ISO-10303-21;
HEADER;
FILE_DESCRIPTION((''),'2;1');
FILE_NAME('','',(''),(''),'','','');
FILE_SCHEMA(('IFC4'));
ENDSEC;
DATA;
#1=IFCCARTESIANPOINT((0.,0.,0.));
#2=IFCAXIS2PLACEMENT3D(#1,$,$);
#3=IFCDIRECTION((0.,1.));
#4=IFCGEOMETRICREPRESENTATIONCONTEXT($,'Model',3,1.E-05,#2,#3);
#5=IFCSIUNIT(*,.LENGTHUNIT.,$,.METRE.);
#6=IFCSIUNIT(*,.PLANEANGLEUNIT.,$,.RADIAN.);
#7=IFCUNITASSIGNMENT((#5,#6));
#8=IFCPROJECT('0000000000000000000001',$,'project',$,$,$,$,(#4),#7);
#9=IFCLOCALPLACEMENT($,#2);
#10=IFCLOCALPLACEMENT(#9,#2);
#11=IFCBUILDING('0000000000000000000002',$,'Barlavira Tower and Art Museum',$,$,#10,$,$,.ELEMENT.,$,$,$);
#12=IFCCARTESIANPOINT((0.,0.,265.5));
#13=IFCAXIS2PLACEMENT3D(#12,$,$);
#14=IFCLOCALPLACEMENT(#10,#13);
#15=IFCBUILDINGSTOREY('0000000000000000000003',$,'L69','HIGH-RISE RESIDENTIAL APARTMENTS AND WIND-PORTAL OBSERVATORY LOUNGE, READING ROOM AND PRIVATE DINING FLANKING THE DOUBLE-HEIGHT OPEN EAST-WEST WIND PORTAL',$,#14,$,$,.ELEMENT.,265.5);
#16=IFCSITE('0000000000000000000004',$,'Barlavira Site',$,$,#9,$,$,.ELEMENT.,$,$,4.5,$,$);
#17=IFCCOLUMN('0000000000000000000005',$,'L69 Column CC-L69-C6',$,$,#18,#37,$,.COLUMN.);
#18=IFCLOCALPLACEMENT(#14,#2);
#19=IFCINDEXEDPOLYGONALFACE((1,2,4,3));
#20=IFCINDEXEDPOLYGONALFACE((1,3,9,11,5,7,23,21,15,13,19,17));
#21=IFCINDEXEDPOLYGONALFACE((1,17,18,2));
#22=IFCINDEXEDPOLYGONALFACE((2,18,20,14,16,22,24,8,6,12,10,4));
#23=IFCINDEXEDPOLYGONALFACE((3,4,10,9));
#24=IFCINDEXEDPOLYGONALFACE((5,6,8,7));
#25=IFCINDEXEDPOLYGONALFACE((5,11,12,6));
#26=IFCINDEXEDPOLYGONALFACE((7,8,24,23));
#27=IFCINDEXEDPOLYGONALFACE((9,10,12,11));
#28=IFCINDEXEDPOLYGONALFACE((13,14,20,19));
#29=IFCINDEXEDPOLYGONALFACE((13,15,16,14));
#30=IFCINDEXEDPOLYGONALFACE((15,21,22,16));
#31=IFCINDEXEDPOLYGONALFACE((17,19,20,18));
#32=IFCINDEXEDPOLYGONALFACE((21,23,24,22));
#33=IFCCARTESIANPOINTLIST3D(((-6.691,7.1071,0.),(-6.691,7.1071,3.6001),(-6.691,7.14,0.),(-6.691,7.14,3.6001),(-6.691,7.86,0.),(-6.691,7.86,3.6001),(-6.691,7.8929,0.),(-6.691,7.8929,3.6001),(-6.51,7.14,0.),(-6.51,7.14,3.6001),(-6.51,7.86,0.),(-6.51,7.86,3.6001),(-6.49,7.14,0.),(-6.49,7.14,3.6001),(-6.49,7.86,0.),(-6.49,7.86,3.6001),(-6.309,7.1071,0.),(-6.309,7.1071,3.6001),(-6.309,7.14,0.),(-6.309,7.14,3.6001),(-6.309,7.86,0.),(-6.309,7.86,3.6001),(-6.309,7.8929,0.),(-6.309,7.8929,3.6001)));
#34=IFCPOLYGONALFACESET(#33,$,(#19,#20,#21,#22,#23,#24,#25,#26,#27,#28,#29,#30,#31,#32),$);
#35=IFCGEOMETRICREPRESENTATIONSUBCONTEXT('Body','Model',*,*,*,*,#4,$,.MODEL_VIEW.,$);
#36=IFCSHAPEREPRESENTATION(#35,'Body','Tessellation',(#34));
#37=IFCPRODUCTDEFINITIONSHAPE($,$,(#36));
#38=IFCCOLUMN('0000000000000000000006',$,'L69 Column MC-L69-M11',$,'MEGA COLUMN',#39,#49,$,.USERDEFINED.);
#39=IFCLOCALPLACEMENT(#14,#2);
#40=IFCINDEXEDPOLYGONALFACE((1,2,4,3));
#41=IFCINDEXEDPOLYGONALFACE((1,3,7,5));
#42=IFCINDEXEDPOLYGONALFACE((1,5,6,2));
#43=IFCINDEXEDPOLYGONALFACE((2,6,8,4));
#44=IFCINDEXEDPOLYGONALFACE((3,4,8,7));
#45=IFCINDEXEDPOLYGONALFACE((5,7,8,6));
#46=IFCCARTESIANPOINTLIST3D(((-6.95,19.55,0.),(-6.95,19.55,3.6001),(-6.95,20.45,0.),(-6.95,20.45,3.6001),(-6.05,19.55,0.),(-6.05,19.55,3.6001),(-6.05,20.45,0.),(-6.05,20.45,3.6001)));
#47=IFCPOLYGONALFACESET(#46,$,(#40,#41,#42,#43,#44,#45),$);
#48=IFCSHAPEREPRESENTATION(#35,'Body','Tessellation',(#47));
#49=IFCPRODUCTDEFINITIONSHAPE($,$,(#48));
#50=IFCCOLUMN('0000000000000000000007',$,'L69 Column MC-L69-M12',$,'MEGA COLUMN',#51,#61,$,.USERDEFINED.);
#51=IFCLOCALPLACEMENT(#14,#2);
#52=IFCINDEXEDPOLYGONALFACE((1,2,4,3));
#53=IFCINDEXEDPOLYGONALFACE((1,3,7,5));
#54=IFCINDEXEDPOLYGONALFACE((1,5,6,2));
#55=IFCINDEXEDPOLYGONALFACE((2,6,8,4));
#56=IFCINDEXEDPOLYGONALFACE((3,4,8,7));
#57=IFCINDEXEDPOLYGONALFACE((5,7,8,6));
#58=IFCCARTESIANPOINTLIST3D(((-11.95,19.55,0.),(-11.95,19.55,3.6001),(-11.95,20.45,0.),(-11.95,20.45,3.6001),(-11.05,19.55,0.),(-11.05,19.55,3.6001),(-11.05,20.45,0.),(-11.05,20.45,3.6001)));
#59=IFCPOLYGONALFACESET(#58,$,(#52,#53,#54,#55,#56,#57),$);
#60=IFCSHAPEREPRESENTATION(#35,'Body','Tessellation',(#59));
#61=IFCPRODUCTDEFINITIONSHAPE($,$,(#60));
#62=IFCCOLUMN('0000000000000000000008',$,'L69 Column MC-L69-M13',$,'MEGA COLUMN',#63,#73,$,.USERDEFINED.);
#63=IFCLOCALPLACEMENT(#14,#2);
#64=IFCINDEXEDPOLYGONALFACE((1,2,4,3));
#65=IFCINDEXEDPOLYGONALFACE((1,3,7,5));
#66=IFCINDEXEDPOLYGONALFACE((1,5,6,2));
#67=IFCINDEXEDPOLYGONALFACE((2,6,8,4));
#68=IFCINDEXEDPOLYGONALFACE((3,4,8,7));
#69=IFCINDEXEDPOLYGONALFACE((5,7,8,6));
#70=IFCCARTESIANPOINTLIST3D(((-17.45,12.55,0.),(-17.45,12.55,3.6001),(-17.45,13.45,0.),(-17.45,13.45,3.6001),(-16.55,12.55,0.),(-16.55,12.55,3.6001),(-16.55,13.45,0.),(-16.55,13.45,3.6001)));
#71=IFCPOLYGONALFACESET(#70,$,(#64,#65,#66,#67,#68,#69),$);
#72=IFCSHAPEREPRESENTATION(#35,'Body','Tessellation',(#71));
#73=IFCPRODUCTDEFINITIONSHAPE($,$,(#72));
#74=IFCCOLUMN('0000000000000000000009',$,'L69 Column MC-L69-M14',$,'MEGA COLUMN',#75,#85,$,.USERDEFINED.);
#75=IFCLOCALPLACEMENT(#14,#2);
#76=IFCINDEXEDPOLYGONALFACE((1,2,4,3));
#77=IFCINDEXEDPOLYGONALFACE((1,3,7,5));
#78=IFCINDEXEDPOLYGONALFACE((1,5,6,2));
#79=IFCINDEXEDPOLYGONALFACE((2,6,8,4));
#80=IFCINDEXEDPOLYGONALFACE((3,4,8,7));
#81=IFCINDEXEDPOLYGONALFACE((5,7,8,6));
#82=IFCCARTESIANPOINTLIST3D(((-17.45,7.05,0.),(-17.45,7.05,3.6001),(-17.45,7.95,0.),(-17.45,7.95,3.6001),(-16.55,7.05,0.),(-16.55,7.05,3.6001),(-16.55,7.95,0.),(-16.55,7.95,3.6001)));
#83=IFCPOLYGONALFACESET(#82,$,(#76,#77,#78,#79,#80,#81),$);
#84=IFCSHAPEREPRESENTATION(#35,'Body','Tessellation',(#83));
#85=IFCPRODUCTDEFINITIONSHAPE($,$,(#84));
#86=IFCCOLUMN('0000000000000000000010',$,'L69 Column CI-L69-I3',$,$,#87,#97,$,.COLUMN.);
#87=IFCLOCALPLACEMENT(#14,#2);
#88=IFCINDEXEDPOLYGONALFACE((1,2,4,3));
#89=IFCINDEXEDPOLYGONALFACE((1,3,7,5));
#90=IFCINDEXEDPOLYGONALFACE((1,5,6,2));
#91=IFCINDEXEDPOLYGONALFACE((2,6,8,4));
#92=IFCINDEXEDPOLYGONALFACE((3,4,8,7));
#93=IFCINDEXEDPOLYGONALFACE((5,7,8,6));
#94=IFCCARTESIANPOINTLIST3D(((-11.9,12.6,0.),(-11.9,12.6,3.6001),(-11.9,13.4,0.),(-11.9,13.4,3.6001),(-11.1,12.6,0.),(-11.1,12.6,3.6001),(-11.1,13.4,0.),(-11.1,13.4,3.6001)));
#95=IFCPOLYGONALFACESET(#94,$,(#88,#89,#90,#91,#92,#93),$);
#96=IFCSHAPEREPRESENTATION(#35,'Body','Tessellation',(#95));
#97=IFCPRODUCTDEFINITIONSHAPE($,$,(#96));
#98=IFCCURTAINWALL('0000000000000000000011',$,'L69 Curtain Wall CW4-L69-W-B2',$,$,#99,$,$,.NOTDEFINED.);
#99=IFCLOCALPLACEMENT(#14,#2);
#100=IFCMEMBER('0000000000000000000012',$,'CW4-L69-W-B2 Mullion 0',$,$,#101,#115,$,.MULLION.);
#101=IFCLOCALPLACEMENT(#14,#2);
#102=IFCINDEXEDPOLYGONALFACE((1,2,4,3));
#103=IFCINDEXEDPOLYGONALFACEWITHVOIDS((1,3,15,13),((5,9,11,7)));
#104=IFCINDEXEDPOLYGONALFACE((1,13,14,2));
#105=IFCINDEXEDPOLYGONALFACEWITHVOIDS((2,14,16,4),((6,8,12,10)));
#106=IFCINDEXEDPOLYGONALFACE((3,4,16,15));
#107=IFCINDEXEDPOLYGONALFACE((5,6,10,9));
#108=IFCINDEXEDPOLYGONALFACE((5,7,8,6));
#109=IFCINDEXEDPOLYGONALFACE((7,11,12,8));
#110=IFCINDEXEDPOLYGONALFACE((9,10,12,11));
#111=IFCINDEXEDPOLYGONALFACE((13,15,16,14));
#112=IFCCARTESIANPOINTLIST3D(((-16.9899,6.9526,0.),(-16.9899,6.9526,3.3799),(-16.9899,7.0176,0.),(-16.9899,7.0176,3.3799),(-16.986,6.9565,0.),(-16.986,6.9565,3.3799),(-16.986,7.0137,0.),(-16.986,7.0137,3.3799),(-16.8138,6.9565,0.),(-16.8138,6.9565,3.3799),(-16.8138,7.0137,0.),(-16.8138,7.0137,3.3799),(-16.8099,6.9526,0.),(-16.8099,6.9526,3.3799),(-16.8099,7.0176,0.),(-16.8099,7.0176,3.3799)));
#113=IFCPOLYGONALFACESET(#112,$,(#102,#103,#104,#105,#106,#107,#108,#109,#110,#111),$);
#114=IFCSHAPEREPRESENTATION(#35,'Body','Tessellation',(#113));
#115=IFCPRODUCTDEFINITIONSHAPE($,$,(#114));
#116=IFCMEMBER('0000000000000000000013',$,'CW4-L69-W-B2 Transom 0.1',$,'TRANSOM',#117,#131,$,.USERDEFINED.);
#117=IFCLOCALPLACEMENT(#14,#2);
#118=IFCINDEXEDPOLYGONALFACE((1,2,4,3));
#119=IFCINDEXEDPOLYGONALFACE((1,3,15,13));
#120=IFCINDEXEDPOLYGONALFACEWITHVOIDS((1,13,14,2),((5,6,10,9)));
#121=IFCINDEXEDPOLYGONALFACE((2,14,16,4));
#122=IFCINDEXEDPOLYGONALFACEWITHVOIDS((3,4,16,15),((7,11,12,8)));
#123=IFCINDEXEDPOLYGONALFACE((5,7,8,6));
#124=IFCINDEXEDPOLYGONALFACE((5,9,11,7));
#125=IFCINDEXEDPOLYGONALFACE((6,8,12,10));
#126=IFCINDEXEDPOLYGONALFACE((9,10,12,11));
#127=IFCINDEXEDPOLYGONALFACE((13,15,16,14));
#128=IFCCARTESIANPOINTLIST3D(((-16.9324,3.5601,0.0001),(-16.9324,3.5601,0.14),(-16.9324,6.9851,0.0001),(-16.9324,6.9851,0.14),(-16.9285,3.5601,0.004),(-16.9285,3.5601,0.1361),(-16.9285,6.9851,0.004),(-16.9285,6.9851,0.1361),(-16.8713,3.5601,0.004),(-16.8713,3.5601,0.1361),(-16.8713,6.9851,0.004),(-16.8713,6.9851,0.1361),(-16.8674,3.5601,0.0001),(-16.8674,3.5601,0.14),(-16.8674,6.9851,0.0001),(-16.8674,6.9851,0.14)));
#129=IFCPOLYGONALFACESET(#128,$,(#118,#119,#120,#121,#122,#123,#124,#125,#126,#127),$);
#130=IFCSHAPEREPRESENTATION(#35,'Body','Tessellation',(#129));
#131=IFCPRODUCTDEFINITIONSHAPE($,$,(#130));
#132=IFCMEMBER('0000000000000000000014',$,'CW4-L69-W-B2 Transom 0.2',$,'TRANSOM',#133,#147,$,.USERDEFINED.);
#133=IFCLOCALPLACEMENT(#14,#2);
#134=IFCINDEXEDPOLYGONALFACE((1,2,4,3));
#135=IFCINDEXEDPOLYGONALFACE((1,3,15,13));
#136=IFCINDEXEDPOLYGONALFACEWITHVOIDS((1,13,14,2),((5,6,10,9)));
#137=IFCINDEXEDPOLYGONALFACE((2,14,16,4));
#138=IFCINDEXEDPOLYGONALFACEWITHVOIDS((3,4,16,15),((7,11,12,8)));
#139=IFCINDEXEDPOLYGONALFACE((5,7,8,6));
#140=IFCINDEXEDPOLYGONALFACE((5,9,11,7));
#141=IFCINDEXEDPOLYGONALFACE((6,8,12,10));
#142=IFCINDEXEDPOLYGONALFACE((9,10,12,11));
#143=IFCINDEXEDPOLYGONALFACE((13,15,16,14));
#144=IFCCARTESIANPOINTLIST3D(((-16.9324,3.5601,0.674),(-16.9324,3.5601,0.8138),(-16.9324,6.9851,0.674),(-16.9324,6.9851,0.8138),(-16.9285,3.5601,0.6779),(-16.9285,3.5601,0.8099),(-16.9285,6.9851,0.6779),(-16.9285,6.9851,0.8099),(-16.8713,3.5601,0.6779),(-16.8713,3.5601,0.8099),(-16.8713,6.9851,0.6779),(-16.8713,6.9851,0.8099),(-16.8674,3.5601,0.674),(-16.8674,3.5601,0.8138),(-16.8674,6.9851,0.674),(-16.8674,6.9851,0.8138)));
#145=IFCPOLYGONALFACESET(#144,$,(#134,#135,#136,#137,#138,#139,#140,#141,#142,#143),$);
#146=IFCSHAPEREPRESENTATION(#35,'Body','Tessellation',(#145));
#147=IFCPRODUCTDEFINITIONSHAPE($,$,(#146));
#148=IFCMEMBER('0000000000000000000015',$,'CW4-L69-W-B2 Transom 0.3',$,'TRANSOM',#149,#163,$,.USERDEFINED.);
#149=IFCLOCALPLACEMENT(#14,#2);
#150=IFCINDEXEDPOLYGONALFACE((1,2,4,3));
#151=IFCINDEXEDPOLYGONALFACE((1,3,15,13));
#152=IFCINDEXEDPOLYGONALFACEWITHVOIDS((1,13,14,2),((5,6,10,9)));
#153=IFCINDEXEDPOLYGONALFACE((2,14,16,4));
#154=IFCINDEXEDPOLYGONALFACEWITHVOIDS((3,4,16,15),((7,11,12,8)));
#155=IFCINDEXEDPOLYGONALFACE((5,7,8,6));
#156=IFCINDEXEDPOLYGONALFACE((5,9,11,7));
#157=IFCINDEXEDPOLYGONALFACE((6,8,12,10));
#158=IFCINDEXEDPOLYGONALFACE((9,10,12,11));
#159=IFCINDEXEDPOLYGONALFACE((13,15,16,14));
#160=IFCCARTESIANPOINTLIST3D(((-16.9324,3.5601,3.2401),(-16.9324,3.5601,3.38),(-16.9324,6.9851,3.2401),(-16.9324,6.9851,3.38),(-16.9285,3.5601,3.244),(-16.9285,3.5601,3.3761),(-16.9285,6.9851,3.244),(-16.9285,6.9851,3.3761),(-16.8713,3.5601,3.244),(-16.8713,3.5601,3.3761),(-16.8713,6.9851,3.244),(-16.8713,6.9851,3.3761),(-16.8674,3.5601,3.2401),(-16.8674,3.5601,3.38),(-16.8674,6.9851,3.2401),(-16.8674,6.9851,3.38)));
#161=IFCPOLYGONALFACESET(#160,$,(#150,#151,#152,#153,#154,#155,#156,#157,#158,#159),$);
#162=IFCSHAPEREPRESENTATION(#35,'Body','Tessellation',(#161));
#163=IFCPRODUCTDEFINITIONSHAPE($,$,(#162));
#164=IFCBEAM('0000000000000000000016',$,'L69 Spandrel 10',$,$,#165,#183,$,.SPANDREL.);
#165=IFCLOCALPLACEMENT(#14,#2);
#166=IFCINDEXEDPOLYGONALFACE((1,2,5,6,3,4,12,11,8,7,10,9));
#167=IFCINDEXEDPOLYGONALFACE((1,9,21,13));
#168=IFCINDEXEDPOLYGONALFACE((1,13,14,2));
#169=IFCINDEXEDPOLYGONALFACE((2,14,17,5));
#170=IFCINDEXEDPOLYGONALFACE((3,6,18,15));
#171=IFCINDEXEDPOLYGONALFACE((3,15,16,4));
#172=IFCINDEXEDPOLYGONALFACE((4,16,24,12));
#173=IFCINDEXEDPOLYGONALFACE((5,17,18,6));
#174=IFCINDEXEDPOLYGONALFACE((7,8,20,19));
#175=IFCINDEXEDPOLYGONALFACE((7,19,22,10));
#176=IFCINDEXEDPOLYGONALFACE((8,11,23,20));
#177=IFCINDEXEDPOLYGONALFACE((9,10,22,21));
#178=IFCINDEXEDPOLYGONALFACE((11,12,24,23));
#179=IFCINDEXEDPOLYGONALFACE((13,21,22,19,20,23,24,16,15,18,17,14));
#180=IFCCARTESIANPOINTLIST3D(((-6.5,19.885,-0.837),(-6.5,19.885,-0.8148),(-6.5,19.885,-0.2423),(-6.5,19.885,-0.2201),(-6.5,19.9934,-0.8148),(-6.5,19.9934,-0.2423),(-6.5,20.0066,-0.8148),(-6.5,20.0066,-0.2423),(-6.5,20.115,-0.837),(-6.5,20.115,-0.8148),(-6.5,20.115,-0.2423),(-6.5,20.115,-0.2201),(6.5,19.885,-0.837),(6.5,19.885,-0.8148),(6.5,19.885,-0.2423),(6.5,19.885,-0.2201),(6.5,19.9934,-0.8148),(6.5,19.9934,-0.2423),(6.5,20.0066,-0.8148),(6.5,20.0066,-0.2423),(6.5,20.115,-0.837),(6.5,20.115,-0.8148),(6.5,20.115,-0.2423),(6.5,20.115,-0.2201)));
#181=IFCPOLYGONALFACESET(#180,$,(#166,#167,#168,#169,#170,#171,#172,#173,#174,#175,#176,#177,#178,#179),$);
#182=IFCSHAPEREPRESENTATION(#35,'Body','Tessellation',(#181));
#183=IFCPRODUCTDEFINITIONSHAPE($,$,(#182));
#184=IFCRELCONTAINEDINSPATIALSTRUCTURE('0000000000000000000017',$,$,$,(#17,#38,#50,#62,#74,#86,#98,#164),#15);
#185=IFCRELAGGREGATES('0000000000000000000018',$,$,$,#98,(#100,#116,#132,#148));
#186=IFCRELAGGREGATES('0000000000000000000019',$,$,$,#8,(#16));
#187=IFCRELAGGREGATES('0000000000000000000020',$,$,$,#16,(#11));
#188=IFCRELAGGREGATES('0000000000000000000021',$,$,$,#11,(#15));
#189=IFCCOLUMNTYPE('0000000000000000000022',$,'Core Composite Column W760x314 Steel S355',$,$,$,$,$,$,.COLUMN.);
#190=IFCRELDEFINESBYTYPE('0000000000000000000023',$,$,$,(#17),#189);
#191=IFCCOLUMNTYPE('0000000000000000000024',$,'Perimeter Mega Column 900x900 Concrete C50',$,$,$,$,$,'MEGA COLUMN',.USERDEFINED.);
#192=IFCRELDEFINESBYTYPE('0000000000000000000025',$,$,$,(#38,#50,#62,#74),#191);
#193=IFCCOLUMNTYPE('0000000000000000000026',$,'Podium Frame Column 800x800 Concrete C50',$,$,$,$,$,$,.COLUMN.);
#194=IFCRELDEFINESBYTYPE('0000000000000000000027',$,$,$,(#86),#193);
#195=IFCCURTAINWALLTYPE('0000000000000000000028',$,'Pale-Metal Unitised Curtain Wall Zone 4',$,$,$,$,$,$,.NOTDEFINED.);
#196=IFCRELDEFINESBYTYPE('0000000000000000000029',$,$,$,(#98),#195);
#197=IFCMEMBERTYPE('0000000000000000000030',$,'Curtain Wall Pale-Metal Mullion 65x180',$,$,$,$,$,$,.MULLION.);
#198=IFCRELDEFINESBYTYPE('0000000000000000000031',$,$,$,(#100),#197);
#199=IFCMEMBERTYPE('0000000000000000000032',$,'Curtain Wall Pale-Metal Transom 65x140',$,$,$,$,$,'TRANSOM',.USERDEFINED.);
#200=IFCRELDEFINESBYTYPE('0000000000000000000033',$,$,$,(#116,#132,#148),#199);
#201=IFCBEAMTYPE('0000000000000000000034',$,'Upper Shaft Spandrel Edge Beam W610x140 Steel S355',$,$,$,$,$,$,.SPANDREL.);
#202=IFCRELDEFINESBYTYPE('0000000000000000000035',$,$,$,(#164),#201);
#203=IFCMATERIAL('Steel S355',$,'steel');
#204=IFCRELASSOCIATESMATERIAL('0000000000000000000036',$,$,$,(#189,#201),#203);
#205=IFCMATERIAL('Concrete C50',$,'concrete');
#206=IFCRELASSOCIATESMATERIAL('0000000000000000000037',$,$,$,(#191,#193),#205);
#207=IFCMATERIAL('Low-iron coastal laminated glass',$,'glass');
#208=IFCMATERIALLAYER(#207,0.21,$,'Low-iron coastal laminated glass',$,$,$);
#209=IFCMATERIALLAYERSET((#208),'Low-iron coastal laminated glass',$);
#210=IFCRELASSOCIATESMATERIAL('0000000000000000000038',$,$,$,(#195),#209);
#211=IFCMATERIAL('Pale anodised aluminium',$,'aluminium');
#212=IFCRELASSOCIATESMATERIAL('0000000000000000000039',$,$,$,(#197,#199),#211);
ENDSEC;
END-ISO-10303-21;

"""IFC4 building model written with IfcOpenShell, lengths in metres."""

from ifc_helpers import new_model, si_unit, direction, frame, origin, origin_2d, place, context, subcontext, project, spatial, rectangle, hollow_rectangle, i_section, extrude, material, layer, layer_set, material_profile, profile_set, type_object, element, aggregate, save


model = new_model("IFC4")

# Units and contexts
model_context = context("Model", 3, precision=1e-05, world=origin(), true_north=direction((0.0, 1.0)))
body_context = subcontext(model_context, "Body", "Model", "MODEL_VIEW")
ifc_project = project(units=[si_unit("LENGTHUNIT", "METRE"), si_unit("PLANEANGLEUNIT", "RADIAN")], contexts=[model_context])

# Site, building, storey
site_placement = place(None, origin())
site = spatial("IfcSite", under=ifc_project, at=site_placement, Name="Barlavira Site", CompositionType="ELEMENT", RefElevation=4.5)
building_placement = place(site_placement, origin())
building = spatial("IfcBuilding", under=site, at=building_placement, Name="Barlavira Tower and Art Museum", CompositionType="ELEMENT")
storey_placement = place(building_placement, frame((0.0, 0.0, 265.5)))
storey = spatial("IfcBuildingStorey", under=building, at=storey_placement, Name="L69", Description="HIGH-RISE RESIDENTIAL APARTMENTS AND WIND-PORTAL OBSERVATORY LOUNGE, READING ROOM AND PRIVATE DINING FLANKING THE DOUBLE-HEIGHT OPEN EAST-WEST WIND PORTAL", CompositionType="ELEMENT", Elevation=265.5)

# Columns
ifc_material_1 = material(Name="Steel S355", Category="steel")
ifc_material_profile_1 = material_profile(ifc_material_1, i_section(OverallWidth=0.3821, OverallDepth=0.7859, WebThickness=0.02, FlangeThickness=0.033, at=origin_2d()), Name="W760x314.0")
ifc_profile_set_1 = profile_set([ifc_material_profile_1], Name="Steel S355")
column_type_1 = type_object("IfcColumnType", Name="Core Composite Column W760x314 Steel S355", PredefinedType="COLUMN", material=ifc_profile_set_1)
column_1_placement = place(storey_placement, frame((-6.5, 7.5, 0.0), z_axis=(0.0, 0.0, 1.0), x_axis=(1.0, 0.0, 0.0)))
element("IfcColumn", 1, at=column_1_placement, inside=storey, type_object=column_type_1, Name="L69 Column CC-L69-C6", PredefinedType="COLUMN", context=body_context, shape_type="SweptSolid", body=[
    extrude(i_section(OverallWidth=0.3821, OverallDepth=0.7859, WebThickness=0.02, FlangeThickness=0.033, at=origin_2d()), origin(), (0.0, 0.0, 1.0), 3.6001),
])
ifc_material_2 = material(Name="Concrete C50", Category="concrete")
ifc_material_profile_2 = material_profile(ifc_material_2, rectangle(XDim=0.8999, YDim=0.8999, at=origin_2d()), Name="RC-COL 900x900")
ifc_profile_set_2 = profile_set([ifc_material_profile_2], Name="Concrete C50")
column_type_2 = type_object("IfcColumnType", Name="Perimeter Mega Column 900x900 Concrete C50", ElementType="MEGA COLUMN", PredefinedType="USERDEFINED", material=ifc_profile_set_2)
for number, where, z_axis, x_axis, name in (
    (2, (-6.5, 20.0, 0.0), (0.0, 0.0, 1.0), (1.0, 0.0, 0.0), "L69 Column MC-L69-M11"),
    (3, (-11.5, 20.0, 0.0), (0.0, 0.0, 1.0), (1.0, 0.0, 0.0), "L69 Column MC-L69-M12"),
    (4, (-17.0, 13.0, 0.0), (0.0, 0.0, 1.0), (1.0, 0.0, 0.0), "L69 Column MC-L69-M13"),
    (5, (-17.0, 7.5, 0.0), (0.0, 0.0, 1.0), (1.0, 0.0, 0.0), "L69 Column MC-L69-M14"),
):
    element("IfcColumn", number, at=place(storey_placement, frame(where, z_axis=z_axis, x_axis=x_axis)), inside=storey, type_object=column_type_2, Name=name, ObjectType="MEGA COLUMN", PredefinedType="USERDEFINED", context=body_context, shape_type="SweptSolid", body=[
        extrude(rectangle(XDim=0.8999, YDim=0.8999, at=origin_2d()), origin(), (0.0, 0.0, 1.0), 3.6001),
    ])
ifc_material_profile_3 = material_profile(ifc_material_2, rectangle(XDim=0.8, YDim=0.8, at=origin_2d()), Name="RC-COL 800x800")
ifc_profile_set_3 = profile_set([ifc_material_profile_3], Name="Concrete C50")
column_type_3 = type_object("IfcColumnType", Name="Podium Frame Column 800x800 Concrete C50", PredefinedType="COLUMN", material=ifc_profile_set_3)
column_2_placement = place(storey_placement, frame((-11.5, 13.0, 0.0), z_axis=(0.0, 0.0, 1.0), x_axis=(1.0, 0.0, 0.0)))
element("IfcColumn", 6, at=column_2_placement, inside=storey, type_object=column_type_3, Name="L69 Column CI-L69-I3", PredefinedType="COLUMN", context=body_context, shape_type="SweptSolid", body=[
    extrude(rectangle(XDim=0.8, YDim=0.8, at=origin_2d()), origin(), (0.0, 0.0, 1.0), 3.6001),
])

# Curtain wall, members
ifc_material_3 = material(Name="Low-iron coastal laminated glass", Category="glass")
ifc_layer_1 = layer(ifc_material_3, 0.21, Name="Low-iron coastal laminated glass")
ifc_layer_set_1 = layer_set([ifc_layer_1], Name="Low-iron coastal laminated glass")
curtain_wall_type = type_object("IfcCurtainWallType", Name="Pale-Metal Unitised Curtain Wall Zone 4", PredefinedType="NOTDEFINED", material=ifc_layer_set_1)
curtain_wall_placement = place(storey_placement, origin())
curtain_wall = element("IfcCurtainWall", 7, at=curtain_wall_placement, inside=storey, type_object=curtain_wall_type, Name="L69 Curtain Wall CW4-L69-W-B2", PredefinedType="NOTDEFINED")
ifc_material_4 = material(Name="Pale anodised aluminium", Category="aluminium")
ifc_material_profile_4 = material_profile(ifc_material_4, hollow_rectangle(XDim=0.0649, YDim=0.1799, WallThickness=0.0039, at=origin_2d()), Name="ALU-MULL 65x180x4")
ifc_profile_set_4 = profile_set([ifc_material_profile_4], Name="Pale anodised aluminium")
member_type_1 = type_object("IfcMemberType", Name="Curtain Wall Pale-Metal Mullion 65x180", PredefinedType="MULLION", material=ifc_profile_set_4)
member_1_placement = place(storey_placement, frame((-16.8999, 6.9851, 0.0), z_axis=(0.0, 0.0, 1.0), x_axis=(0.0, -1.0, 0.0)))
member_1 = element("IfcMember", 8, at=member_1_placement, type_object=member_type_1, Name="CW4-L69-W-B2 Mullion 0", PredefinedType="MULLION", context=body_context, shape_type="SweptSolid", body=[
    extrude(hollow_rectangle(XDim=0.0649, YDim=0.1799, WallThickness=0.0039, at=origin_2d()), origin(), (0.0, 0.0, 1.0), 3.3799),
])
ifc_material_profile_5 = material_profile(ifc_material_4, hollow_rectangle(XDim=0.0649, YDim=0.1399, WallThickness=0.0039, at=origin_2d()), Name="ALU-TRAN 65x140x4")
ifc_profile_set_5 = profile_set([ifc_material_profile_5], Name="Pale anodised aluminium")
member_type_2 = type_object("IfcMemberType", Name="Curtain Wall Pale-Metal Transom 65x140", ElementType="TRANSOM", PredefinedType="USERDEFINED", material=ifc_profile_set_5)
member_2_placement = place(storey_placement, frame((-16.8999, 6.9851, 0.0701), z_axis=(0.0, -1.0, 0.0), x_axis=(1.0, 0.0, 0.0)))
member_2 = element("IfcMember", 9, at=member_2_placement, type_object=member_type_2, Name="CW4-L69-W-B2 Transom 0.1", ObjectType="TRANSOM", PredefinedType="USERDEFINED", context=body_context, shape_type="SweptSolid", body=[
    extrude(hollow_rectangle(XDim=0.0649, YDim=0.1399, WallThickness=0.0039, at=origin_2d()), origin(), (0.0, 0.0, 1.0), 3.425),
])
member_3_placement = place(storey_placement, frame((-16.8999, 6.9851, 0.7439), z_axis=(0.0, -1.0, 0.0), x_axis=(1.0, 0.0, 0.0)))
member_3 = element("IfcMember", 10, at=member_3_placement, type_object=member_type_2, Name="CW4-L69-W-B2 Transom 0.2", ObjectType="TRANSOM", PredefinedType="USERDEFINED", context=body_context, shape_type="SweptSolid", body=[
    extrude(hollow_rectangle(XDim=0.0649, YDim=0.1399, WallThickness=0.0039, at=origin_2d()), origin(), (0.0, 0.0, 1.0), 3.425),
])
member_4_placement = place(storey_placement, frame((-16.8999, 6.9851, 3.3101), z_axis=(0.0, -1.0, 0.0), x_axis=(1.0, 0.0, 0.0)))
member_4 = element("IfcMember", 11, at=member_4_placement, type_object=member_type_2, Name="CW4-L69-W-B2 Transom 0.3", ObjectType="TRANSOM", PredefinedType="USERDEFINED", context=body_context, shape_type="SweptSolid", body=[
    extrude(hollow_rectangle(XDim=0.0649, YDim=0.1399, WallThickness=0.0039, at=origin_2d()), origin(), (0.0, 0.0, 1.0), 3.425),
])

# Beam
ifc_material_profile_6 = material_profile(ifc_material_1, i_section(OverallWidth=0.23, OverallDepth=0.6169, WebThickness=0.0132, FlangeThickness=0.0222, at=origin_2d()), Name="W610x140.0")
ifc_profile_set_6 = profile_set([ifc_material_profile_6], Name="Steel S355")
beam_type_1 = type_object("IfcBeamType", Name="Upper Shaft Spandrel Edge Beam W610x140 Steel S355", PredefinedType="SPANDREL", material=ifc_profile_set_6)
beam_1_placement = place(storey_placement, frame((-6.5, 20.0, -0.5286), z_axis=(1.0, 0.0, 0.0), x_axis=(0.0, 1.0, 0.0)))
element("IfcBeam", 12, at=beam_1_placement, inside=storey, type_object=beam_type_1, Name="L69 Spandrel 10", PredefinedType="SPANDREL", context=body_context, shape_type="SweptSolid", body=[
    extrude(i_section(OverallWidth=0.23, OverallDepth=0.6169, WebThickness=0.0132, FlangeThickness=0.0222, at=origin_2d()), origin(), (0.0, 0.0, 1.0), 13.0),
])

aggregate(curtain_wall, [member_1, member_2, member_3, member_4])

save(model, "model.ifc")
